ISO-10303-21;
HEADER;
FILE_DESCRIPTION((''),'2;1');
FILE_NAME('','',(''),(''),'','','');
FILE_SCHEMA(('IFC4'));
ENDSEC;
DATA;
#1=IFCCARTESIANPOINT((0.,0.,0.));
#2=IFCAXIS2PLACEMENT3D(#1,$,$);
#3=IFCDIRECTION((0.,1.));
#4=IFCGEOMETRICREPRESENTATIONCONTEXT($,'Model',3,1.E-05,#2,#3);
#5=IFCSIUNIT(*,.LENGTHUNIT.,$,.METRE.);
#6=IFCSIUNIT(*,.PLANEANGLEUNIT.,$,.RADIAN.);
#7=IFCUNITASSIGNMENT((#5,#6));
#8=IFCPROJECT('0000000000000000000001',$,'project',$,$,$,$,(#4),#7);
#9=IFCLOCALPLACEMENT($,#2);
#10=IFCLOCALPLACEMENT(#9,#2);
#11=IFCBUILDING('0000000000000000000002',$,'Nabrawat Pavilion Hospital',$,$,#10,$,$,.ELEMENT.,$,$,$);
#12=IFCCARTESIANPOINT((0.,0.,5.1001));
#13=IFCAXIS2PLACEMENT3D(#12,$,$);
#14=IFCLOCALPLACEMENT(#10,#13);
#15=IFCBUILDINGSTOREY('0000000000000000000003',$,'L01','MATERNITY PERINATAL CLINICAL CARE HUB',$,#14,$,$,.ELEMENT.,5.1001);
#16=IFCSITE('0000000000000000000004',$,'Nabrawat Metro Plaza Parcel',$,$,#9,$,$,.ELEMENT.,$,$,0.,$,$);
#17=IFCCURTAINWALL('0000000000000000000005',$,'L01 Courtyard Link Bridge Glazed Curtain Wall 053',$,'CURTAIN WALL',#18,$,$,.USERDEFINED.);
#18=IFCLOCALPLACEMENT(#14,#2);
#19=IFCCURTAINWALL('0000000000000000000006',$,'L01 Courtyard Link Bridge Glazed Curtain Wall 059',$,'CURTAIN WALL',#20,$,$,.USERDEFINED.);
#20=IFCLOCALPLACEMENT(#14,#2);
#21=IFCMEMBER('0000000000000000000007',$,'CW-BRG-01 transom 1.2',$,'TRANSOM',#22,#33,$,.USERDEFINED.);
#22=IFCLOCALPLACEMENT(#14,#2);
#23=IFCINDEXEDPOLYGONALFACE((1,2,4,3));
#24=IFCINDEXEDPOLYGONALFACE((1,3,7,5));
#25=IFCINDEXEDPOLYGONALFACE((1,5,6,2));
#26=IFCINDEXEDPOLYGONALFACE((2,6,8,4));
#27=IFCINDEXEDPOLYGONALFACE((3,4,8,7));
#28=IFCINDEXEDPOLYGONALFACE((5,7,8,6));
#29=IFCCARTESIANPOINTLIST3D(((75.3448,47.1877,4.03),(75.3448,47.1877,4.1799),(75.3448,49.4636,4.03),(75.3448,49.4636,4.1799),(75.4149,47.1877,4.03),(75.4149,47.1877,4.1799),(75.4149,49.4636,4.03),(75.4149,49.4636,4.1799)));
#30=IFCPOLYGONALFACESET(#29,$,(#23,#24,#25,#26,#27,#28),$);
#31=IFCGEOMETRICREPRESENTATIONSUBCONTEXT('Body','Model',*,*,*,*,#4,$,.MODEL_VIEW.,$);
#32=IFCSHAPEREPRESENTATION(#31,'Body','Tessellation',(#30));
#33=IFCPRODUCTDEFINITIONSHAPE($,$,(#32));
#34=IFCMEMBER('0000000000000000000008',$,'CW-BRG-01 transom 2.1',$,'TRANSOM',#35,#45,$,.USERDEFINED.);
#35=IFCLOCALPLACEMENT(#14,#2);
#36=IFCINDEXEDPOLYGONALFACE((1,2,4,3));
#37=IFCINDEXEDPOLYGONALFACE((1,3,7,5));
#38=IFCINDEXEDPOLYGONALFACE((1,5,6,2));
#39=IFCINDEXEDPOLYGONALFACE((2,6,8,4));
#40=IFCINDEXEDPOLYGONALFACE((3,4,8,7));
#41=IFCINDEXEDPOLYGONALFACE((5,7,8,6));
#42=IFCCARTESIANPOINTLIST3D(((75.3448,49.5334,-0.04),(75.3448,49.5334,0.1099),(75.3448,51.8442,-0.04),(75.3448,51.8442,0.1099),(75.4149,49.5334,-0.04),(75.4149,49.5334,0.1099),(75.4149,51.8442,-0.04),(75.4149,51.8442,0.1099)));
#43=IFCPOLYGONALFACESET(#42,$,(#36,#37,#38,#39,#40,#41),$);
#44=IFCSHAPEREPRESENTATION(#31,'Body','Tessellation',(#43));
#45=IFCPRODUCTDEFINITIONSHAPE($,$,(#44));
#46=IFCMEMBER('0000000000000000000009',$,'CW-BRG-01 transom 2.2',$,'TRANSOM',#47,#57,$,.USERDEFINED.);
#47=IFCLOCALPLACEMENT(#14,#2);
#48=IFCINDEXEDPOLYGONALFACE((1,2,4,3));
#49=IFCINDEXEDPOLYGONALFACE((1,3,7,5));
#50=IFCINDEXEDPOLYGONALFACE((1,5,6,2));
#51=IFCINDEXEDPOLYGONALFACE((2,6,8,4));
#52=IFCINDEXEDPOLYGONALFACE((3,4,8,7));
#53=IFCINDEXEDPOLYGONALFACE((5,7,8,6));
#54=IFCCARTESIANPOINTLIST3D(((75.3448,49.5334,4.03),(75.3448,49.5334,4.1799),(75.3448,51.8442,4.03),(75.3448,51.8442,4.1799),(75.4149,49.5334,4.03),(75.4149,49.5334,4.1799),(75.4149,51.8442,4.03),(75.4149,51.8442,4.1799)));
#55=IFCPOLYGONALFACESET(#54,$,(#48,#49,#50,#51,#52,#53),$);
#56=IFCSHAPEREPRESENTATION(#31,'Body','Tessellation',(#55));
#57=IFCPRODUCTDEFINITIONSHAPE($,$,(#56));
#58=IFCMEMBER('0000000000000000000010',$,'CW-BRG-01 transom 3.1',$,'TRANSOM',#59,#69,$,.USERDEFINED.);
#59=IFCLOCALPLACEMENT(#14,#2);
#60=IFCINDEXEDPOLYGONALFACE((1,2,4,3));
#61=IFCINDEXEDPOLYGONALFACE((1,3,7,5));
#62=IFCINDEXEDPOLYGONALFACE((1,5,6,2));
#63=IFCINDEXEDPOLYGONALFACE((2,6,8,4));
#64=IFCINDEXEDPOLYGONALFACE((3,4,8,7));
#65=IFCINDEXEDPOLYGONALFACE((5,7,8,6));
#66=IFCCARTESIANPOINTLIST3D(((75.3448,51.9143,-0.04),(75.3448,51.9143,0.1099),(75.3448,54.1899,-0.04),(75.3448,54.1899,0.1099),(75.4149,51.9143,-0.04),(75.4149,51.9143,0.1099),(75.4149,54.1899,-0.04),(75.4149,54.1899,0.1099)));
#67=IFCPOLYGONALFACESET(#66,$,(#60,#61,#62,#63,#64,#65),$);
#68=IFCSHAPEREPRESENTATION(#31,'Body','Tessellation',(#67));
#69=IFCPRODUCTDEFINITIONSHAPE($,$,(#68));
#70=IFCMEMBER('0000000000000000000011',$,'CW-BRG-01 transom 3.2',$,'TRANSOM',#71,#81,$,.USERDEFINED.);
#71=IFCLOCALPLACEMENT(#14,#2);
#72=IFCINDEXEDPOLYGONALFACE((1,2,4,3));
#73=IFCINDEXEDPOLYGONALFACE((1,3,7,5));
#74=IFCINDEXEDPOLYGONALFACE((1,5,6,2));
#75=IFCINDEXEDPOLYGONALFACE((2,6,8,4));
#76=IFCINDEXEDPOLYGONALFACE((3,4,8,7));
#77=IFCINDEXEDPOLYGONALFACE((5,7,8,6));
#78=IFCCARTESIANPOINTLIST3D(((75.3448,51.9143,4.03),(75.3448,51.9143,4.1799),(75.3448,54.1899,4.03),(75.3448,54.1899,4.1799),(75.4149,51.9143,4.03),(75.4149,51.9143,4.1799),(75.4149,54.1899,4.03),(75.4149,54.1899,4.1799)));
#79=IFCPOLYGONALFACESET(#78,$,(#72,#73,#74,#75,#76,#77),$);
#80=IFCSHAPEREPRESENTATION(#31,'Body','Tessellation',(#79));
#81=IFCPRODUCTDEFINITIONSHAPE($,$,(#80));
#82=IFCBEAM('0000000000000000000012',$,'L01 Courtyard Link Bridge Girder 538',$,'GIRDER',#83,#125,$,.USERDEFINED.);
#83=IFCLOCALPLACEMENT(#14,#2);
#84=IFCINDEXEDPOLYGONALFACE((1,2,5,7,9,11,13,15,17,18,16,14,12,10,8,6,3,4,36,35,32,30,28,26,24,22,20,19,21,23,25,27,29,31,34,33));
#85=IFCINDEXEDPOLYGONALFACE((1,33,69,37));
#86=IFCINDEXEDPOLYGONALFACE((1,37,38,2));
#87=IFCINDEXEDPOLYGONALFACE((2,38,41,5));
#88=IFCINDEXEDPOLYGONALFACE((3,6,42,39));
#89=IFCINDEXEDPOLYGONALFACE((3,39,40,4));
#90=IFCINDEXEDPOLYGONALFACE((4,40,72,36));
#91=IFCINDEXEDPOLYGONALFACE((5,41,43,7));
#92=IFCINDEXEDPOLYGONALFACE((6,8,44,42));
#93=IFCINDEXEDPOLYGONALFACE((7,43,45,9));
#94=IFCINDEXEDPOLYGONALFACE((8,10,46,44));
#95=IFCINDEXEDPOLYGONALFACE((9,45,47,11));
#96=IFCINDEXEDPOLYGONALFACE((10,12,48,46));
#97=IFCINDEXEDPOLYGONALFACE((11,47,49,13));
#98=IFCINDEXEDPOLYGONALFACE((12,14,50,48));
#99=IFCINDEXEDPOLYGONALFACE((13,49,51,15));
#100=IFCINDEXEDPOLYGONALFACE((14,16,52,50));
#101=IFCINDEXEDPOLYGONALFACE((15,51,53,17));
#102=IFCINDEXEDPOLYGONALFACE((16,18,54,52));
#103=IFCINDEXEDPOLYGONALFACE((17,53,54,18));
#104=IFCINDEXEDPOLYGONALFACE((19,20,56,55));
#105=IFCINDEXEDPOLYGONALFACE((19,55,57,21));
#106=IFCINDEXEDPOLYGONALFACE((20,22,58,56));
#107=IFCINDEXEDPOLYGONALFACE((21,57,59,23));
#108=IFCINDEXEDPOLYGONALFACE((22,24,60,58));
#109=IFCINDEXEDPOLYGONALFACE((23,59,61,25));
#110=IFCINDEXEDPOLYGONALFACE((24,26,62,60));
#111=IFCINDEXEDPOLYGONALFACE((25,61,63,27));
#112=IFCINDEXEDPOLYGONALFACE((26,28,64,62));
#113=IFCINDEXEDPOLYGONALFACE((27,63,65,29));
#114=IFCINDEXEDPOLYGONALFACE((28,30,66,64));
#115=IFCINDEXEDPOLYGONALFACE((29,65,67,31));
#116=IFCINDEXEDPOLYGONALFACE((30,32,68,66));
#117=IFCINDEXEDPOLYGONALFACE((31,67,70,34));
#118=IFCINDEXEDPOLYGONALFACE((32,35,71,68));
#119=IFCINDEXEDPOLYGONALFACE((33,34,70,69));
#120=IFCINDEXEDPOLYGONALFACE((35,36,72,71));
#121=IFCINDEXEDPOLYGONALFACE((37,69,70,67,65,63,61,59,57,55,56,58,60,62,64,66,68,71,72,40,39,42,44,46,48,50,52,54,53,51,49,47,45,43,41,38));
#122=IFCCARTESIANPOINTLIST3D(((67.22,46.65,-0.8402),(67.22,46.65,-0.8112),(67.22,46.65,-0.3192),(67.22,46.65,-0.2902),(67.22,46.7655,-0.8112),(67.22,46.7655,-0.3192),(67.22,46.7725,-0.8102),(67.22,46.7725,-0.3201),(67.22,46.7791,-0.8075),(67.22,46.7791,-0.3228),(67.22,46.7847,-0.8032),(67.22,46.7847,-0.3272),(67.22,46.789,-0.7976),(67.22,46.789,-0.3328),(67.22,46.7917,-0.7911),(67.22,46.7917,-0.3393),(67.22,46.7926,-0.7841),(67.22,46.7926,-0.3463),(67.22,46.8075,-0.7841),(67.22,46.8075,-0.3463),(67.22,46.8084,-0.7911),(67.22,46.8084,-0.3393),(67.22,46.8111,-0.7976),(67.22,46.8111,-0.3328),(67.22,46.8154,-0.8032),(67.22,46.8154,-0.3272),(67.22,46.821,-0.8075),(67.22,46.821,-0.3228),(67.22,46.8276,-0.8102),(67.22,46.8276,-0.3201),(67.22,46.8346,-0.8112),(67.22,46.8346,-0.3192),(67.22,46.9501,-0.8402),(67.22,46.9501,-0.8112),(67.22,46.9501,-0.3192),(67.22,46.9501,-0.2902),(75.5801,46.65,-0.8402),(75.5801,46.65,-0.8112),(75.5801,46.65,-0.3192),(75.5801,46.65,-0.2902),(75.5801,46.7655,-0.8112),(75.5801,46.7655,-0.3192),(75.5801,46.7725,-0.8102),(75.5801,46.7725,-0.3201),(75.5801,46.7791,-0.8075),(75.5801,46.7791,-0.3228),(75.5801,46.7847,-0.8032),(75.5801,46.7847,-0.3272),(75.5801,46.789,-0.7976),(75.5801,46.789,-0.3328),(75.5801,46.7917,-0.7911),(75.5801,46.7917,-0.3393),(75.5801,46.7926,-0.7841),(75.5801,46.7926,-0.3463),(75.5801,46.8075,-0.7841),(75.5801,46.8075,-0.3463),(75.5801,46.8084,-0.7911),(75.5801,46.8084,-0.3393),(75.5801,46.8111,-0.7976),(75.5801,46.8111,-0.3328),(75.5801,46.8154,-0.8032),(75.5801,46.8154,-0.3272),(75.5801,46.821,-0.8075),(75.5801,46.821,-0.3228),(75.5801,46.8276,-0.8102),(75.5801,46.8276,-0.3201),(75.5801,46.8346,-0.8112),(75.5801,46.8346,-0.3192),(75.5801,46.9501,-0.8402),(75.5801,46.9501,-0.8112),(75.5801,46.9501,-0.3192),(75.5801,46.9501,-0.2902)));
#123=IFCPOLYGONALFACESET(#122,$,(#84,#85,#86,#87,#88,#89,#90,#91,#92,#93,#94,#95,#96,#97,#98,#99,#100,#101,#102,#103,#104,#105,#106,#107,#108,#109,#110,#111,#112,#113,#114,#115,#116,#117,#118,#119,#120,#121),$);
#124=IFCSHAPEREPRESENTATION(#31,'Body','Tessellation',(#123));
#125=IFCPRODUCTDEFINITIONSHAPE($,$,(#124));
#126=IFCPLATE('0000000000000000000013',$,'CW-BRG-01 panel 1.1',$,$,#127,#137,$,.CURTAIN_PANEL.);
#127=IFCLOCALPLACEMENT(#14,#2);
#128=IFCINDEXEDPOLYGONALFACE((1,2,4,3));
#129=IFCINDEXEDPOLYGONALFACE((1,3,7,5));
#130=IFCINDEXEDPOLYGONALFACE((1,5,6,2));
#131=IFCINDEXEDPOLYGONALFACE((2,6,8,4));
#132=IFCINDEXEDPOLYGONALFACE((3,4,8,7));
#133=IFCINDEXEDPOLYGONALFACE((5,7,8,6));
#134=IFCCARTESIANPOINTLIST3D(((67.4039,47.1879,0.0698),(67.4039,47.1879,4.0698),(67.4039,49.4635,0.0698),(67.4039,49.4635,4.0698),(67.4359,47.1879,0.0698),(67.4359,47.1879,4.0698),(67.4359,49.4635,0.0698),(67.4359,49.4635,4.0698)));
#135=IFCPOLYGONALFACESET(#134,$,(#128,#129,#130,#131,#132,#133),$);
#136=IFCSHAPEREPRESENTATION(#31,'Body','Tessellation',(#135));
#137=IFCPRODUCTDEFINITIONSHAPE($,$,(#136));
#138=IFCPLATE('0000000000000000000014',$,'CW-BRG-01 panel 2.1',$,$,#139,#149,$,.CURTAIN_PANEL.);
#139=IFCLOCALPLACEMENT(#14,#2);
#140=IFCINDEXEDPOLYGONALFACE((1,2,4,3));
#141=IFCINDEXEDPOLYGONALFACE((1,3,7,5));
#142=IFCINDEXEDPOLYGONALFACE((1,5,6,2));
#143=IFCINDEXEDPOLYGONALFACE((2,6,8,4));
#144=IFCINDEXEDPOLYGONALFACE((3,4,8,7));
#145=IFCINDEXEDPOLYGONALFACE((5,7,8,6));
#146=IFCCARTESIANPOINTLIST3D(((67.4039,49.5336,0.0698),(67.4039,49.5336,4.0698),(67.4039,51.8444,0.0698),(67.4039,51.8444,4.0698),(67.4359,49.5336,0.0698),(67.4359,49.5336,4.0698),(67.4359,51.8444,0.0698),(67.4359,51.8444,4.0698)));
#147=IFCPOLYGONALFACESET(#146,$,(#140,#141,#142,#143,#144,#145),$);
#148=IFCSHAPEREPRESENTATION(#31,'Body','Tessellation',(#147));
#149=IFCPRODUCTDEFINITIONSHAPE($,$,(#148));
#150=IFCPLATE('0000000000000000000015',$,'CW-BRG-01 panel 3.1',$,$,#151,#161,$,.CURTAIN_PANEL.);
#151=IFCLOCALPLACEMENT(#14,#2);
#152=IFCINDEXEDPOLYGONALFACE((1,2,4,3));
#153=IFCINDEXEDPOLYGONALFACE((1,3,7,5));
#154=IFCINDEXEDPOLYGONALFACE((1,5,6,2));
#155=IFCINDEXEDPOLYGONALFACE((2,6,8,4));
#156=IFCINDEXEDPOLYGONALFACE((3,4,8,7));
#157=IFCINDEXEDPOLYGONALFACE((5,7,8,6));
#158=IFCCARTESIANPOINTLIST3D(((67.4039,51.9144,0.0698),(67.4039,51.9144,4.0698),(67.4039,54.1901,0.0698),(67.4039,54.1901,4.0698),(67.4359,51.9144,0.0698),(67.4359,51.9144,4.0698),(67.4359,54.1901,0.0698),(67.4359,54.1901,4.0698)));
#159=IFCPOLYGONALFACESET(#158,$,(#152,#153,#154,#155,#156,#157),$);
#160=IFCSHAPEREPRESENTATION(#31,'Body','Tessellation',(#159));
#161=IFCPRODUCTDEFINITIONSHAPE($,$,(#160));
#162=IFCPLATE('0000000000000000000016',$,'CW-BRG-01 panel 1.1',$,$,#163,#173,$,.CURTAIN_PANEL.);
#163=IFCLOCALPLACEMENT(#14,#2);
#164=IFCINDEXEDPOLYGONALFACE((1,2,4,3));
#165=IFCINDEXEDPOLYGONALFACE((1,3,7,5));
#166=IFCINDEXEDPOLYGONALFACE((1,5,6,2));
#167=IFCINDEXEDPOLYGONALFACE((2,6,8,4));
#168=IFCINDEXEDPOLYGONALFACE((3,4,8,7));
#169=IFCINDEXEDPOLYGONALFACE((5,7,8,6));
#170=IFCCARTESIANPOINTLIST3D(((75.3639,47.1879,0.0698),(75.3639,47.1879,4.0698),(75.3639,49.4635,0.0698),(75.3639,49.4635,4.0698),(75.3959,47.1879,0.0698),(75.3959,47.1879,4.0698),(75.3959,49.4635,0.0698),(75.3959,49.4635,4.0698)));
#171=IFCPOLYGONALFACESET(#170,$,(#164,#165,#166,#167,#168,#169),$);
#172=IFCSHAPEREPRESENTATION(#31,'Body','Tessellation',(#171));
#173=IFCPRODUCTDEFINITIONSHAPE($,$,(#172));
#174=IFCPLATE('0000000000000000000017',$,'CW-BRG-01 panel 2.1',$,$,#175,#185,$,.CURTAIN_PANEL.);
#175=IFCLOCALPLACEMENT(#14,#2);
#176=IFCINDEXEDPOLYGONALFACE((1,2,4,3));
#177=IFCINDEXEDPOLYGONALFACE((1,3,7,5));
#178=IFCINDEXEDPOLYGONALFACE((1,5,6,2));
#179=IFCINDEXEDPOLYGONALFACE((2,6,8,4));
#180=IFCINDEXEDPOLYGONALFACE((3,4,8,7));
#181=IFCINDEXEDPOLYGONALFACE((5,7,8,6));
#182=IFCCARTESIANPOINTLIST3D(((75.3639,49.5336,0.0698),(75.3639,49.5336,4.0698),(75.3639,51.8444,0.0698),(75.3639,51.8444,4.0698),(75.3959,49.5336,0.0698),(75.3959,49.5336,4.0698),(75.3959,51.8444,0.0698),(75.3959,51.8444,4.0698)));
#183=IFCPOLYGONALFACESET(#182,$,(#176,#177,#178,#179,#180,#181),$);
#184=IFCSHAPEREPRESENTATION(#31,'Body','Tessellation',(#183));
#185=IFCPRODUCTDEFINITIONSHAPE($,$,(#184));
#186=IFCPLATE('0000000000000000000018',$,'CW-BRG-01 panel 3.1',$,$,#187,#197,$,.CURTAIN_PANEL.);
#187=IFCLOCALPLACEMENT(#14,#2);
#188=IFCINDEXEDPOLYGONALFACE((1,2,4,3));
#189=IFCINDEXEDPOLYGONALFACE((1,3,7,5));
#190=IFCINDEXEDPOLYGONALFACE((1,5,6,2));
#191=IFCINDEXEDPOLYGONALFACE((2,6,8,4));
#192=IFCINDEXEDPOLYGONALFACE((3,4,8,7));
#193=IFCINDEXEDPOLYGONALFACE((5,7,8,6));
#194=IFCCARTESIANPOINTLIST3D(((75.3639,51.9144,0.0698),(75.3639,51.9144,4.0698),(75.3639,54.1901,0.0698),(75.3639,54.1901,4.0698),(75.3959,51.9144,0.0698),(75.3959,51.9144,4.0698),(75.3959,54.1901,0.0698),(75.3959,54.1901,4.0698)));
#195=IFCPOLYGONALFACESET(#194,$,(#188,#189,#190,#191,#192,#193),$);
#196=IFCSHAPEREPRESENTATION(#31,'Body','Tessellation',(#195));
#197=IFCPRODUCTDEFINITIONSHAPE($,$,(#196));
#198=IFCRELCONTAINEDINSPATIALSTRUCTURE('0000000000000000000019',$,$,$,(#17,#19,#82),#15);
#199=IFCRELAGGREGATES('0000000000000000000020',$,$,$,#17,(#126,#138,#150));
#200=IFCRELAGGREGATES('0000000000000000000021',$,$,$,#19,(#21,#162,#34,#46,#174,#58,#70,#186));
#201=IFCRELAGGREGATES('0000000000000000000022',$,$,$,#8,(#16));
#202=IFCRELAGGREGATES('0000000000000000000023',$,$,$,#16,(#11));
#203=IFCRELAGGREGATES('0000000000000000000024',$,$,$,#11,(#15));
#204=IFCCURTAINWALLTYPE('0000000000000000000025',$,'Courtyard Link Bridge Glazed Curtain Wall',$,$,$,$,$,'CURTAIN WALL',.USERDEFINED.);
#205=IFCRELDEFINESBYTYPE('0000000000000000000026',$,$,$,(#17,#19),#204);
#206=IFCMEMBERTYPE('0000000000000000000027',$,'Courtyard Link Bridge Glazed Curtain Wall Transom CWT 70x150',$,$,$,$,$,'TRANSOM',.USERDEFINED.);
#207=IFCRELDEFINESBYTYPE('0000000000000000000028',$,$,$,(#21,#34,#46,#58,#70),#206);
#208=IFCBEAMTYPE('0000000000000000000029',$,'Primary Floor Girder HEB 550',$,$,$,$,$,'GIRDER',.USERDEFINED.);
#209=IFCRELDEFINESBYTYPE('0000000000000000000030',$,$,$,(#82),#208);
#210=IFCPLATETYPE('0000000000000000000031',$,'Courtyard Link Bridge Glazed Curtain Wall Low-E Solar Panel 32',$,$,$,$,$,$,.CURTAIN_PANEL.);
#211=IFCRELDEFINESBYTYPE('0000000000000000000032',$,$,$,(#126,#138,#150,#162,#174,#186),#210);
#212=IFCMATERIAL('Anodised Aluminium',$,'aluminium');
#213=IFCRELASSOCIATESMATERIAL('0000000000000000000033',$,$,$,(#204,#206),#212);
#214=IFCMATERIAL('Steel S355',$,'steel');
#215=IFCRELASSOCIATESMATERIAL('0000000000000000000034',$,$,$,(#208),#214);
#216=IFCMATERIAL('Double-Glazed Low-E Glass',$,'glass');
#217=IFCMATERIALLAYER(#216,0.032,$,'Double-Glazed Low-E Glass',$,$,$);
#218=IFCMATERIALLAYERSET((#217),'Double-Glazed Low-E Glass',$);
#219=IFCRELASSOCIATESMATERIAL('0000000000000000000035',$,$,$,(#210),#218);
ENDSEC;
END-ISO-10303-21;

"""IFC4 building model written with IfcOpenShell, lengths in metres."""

from ifc_helpers import new_model, si_unit, direction, frame, origin, origin_2d, place, context, subcontext, project, spatial, rectangle, i_section, extrude, material, layer, layer_set, material_profile, profile_set, type_object, element, aggregate, save


model = new_model("IFC4")

# Units and contexts
model_context = context("Model", 3, precision=1e-05, world=origin(), true_north=direction((0.0, 1.0)))
body_context = subcontext(model_context, "Body", "Model", "MODEL_VIEW")
ifc_project = project(units=[si_unit("LENGTHUNIT", "METRE"), si_unit("PLANEANGLEUNIT", "RADIAN")], contexts=[model_context])

# Site, building, storey
site_placement = place(None, origin())
site = spatial("IfcSite", under=ifc_project, at=site_placement, Name="Nabrawat Metro Plaza Parcel", CompositionType="ELEMENT", RefElevation=0.0)
building_placement = place(site_placement, origin())
building = spatial("IfcBuilding", under=site, at=building_placement, Name="Nabrawat Pavilion Hospital", CompositionType="ELEMENT")
storey_placement = place(building_placement, frame((0.0, 0.0, 5.1001)))
storey = spatial("IfcBuildingStorey", under=building, at=storey_placement, Name="L01", Description="MATERNITY PERINATAL CLINICAL CARE HUB", CompositionType="ELEMENT", Elevation=5.1001)

# Shared definitions
ifc_material_1 = material(Name="Steel S355", Category="steel")

# Curtain walls
ifc_material_2 = material(Name="Anodised Aluminium", Category="aluminium")
curtain_wall_type = type_object("IfcCurtainWallType", Name="Courtyard Link Bridge Glazed Curtain Wall", ElementType="CURTAIN WALL", PredefinedType="USERDEFINED", material=ifc_material_2)
curtain_wall_1_placement = place(storey_placement, origin())
curtain_wall_1 = element("IfcCurtainWall", 1, at=curtain_wall_1_placement, inside=storey, type_object=curtain_wall_type, Name="L01 Courtyard Link Bridge Glazed Curtain Wall 053", ObjectType="CURTAIN WALL", PredefinedType="USERDEFINED")
curtain_wall_2_placement = place(storey_placement, origin())
curtain_wall_2 = element("IfcCurtainWall", 2, at=curtain_wall_2_placement, inside=storey, type_object=curtain_wall_type, Name="L01 Courtyard Link Bridge Glazed Curtain Wall 059", ObjectType="CURTAIN WALL", PredefinedType="USERDEFINED")

# Members
ifc_material_profile_1 = material_profile(ifc_material_2, rectangle(XDim=0.0701, YDim=0.1499, at=origin_2d()), Name="CWT 70x150")
ifc_profile_set_1 = profile_set([ifc_material_profile_1], Name="Anodised Aluminium")
member_type_1 = type_object("IfcMemberType", Name="Courtyard Link Bridge Glazed Curtain Wall Transom CWT 70x150", ElementType="TRANSOM", PredefinedType="USERDEFINED", material=ifc_profile_set_1)
member_1_placement = place(storey_placement, frame((75.3799, 47.1877, 4.105), z_axis=(0.0, 1.0, 0.0), x_axis=(-1.0, 0.0, 0.0)))
member_1 = element("IfcMember", 3, at=member_1_placement, type_object=member_type_1, Name="CW-BRG-01 transom 1.2", ObjectType="TRANSOM", PredefinedType="USERDEFINED", context=body_context, shape_type="SweptSolid", body=[
    extrude(rectangle(XDim=0.0701, YDim=0.1499, at=origin_2d()), origin(), (0.0, 0.0, 1.0), 2.2759),
])
member_2_placement = place(storey_placement, frame((75.3799, 49.5334, 0.0349), z_axis=(0.0, 1.0, 0.0), x_axis=(-1.0, 0.0, 0.0)))
member_2 = element("IfcMember", 4, at=member_2_placement, type_object=member_type_1, Name="CW-BRG-01 transom 2.1", ObjectType="TRANSOM", PredefinedType="USERDEFINED", context=body_context, shape_type="SweptSolid", body=[
    extrude(rectangle(XDim=0.0701, YDim=0.1499, at=origin_2d()), origin(), (0.0, 0.0, 1.0), 2.3108),
])
member_3_placement = place(storey_placement, frame((75.3799, 49.5334, 4.105), z_axis=(0.0, 1.0, 0.0), x_axis=(-1.0, 0.0, 0.0)))
member_3 = element("IfcMember", 5, at=member_3_placement, type_object=member_type_1, Name="CW-BRG-01 transom 2.2", ObjectType="TRANSOM", PredefinedType="USERDEFINED", context=body_context, shape_type="SweptSolid", body=[
    extrude(rectangle(XDim=0.0701, YDim=0.1499, at=origin_2d()), origin(), (0.0, 0.0, 1.0), 2.3108),
])
member_4_placement = place(storey_placement, frame((75.3799, 51.9143, 0.0349), z_axis=(0.0, 1.0, 0.0), x_axis=(-1.0, 0.0, 0.0)))
member_4 = element("IfcMember", 6, at=member_4_placement, type_object=member_type_1, Name="CW-BRG-01 transom 3.1", ObjectType="TRANSOM", PredefinedType="USERDEFINED", context=body_context, shape_type="SweptSolid", body=[
    extrude(rectangle(XDim=0.0701, YDim=0.1499, at=origin_2d()), origin(), (0.0, 0.0, 1.0), 2.2756),
])
member_5_placement = place(storey_placement, frame((75.3799, 51.9143, 4.105), z_axis=(0.0, 1.0, 0.0), x_axis=(-1.0, 0.0, 0.0)))
member_5 = element("IfcMember", 7, at=member_5_placement, type_object=member_type_1, Name="CW-BRG-01 transom 3.2", ObjectType="TRANSOM", PredefinedType="USERDEFINED", context=body_context, shape_type="SweptSolid", body=[
    extrude(rectangle(XDim=0.0701, YDim=0.1499, at=origin_2d()), origin(), (0.0, 0.0, 1.0), 2.2756),
])

# Beam
ifc_material_profile_2 = material_profile(ifc_material_1, i_section(OverallWidth=0.3, OverallDepth=0.55, WebThickness=0.0149, FlangeThickness=0.0291, FilletRadius=0.0271, at=origin_2d()), Name="HEB 550")
ifc_profile_set_2 = profile_set([ifc_material_profile_2], Name="Steel S355")
beam_type_1 = type_object("IfcBeamType", Name="Primary Floor Girder HEB 550", ElementType="GIRDER", PredefinedType="USERDEFINED", material=ifc_profile_set_2)
beam_placement = place(storey_placement, frame((67.22, 46.8, -0.5652), z_axis=(1.0, 0.0, 0.0), x_axis=(0.0, 1.0, 0.0)))
element("IfcBeam", 8, at=beam_placement, inside=storey, type_object=beam_type_1, Name="L01 Courtyard Link Bridge Girder 538", ObjectType="GIRDER", PredefinedType="USERDEFINED", context=body_context, shape_type="SweptSolid", body=[
    extrude(i_section(OverallWidth=0.3, OverallDepth=0.55, WebThickness=0.0149, FlangeThickness=0.0291, FilletRadius=0.0271, at=origin_2d()), origin(), (0.0, 0.0, 1.0), 8.3601),
])

# Plates
ifc_material_3 = material(Name="Double-Glazed Low-E Glass", Category="glass")
ifc_layer_1 = layer(ifc_material_3, 0.032, Name="Double-Glazed Low-E Glass")
ifc_layer_set_1 = layer_set([ifc_layer_1], Name="Double-Glazed Low-E Glass")
plate_type_1 = type_object("IfcPlateType", Name="Courtyard Link Bridge Glazed Curtain Wall Low-E Solar Panel 32", PredefinedType="CURTAIN_PANEL", material=ifc_layer_set_1)
plate_1_placement = place(storey_placement, frame((67.4199, 48.3257, 0.0698), z_axis=(0.0, 0.0, 1.0), x_axis=(0.0, 1.0, 0.0)))
plate_1 = element("IfcPlate", 9, at=plate_1_placement, type_object=plate_type_1, Name="CW-BRG-01 panel 1.1", PredefinedType="CURTAIN_PANEL", context=body_context, shape_type="SweptSolid", body=[
    extrude(rectangle(XDim=2.2756, YDim=0.032, at=origin_2d()), origin(), (0.0, 0.0, 1.0), 4.0),
])
plate_2_placement = place(storey_placement, frame((67.4199, 50.689, 0.0698), z_axis=(0.0, 0.0, 1.0), x_axis=(0.0, 1.0, 0.0)))
plate_2 = element("IfcPlate", 10, at=plate_2_placement, type_object=plate_type_1, Name="CW-BRG-01 panel 2.1", PredefinedType="CURTAIN_PANEL", context=body_context, shape_type="SweptSolid", body=[
    extrude(rectangle(XDim=2.3108, YDim=0.032, at=origin_2d()), origin(), (0.0, 0.0, 1.0), 4.0),
])
plate_3_placement = place(storey_placement, frame((67.4199, 53.0522, 0.0698), z_axis=(0.0, 0.0, 1.0), x_axis=(0.0, 1.0, 0.0)))
plate_3 = element("IfcPlate", 11, at=plate_3_placement, type_object=plate_type_1, Name="CW-BRG-01 panel 3.1", PredefinedType="CURTAIN_PANEL", context=body_context, shape_type="SweptSolid", body=[
    extrude(rectangle(XDim=2.2756, YDim=0.032, at=origin_2d()), origin(), (0.0, 0.0, 1.0), 4.0),
])
aggregate(curtain_wall_1, [plate_1, plate_2, plate_3])
plate_4_placement = place(storey_placement, frame((75.3799, 48.3257, 0.0698), z_axis=(0.0, 0.0, 1.0), x_axis=(0.0, 1.0, 0.0)))
plate_4 = element("IfcPlate", 12, at=plate_4_placement, type_object=plate_type_1, Name="CW-BRG-01 panel 1.1", PredefinedType="CURTAIN_PANEL", context=body_context, shape_type="SweptSolid", body=[
    extrude(rectangle(XDim=2.2756, YDim=0.032, at=origin_2d()), origin(), (0.0, 0.0, 1.0), 4.0),
])
plate_5_placement = place(storey_placement, frame((75.3799, 50.689, 0.0698), z_axis=(0.0, 0.0, 1.0), x_axis=(0.0, 1.0, 0.0)))
plate_5 = element("IfcPlate", 13, at=plate_5_placement, type_object=plate_type_1, Name="CW-BRG-01 panel 2.1", PredefinedType="CURTAIN_PANEL", context=body_context, shape_type="SweptSolid", body=[
    extrude(rectangle(XDim=2.3108, YDim=0.032, at=origin_2d()), origin(), (0.0, 0.0, 1.0), 4.0),
])
plate_6_placement = place(storey_placement, frame((75.3799, 53.0522, 0.0698), z_axis=(0.0, 0.0, 1.0), x_axis=(0.0, 1.0, 0.0)))
plate_6 = element("IfcPlate", 14, at=plate_6_placement, type_object=plate_type_1, Name="CW-BRG-01 panel 3.1", PredefinedType="CURTAIN_PANEL", context=body_context, shape_type="SweptSolid", body=[
    extrude(rectangle(XDim=2.2756, YDim=0.032, at=origin_2d()), origin(), (0.0, 0.0, 1.0), 4.0),
])
aggregate(curtain_wall_2, [member_1, plate_4, member_2, member_3, plate_5, member_4, member_5, plate_6])

save(model, "model.ifc")
